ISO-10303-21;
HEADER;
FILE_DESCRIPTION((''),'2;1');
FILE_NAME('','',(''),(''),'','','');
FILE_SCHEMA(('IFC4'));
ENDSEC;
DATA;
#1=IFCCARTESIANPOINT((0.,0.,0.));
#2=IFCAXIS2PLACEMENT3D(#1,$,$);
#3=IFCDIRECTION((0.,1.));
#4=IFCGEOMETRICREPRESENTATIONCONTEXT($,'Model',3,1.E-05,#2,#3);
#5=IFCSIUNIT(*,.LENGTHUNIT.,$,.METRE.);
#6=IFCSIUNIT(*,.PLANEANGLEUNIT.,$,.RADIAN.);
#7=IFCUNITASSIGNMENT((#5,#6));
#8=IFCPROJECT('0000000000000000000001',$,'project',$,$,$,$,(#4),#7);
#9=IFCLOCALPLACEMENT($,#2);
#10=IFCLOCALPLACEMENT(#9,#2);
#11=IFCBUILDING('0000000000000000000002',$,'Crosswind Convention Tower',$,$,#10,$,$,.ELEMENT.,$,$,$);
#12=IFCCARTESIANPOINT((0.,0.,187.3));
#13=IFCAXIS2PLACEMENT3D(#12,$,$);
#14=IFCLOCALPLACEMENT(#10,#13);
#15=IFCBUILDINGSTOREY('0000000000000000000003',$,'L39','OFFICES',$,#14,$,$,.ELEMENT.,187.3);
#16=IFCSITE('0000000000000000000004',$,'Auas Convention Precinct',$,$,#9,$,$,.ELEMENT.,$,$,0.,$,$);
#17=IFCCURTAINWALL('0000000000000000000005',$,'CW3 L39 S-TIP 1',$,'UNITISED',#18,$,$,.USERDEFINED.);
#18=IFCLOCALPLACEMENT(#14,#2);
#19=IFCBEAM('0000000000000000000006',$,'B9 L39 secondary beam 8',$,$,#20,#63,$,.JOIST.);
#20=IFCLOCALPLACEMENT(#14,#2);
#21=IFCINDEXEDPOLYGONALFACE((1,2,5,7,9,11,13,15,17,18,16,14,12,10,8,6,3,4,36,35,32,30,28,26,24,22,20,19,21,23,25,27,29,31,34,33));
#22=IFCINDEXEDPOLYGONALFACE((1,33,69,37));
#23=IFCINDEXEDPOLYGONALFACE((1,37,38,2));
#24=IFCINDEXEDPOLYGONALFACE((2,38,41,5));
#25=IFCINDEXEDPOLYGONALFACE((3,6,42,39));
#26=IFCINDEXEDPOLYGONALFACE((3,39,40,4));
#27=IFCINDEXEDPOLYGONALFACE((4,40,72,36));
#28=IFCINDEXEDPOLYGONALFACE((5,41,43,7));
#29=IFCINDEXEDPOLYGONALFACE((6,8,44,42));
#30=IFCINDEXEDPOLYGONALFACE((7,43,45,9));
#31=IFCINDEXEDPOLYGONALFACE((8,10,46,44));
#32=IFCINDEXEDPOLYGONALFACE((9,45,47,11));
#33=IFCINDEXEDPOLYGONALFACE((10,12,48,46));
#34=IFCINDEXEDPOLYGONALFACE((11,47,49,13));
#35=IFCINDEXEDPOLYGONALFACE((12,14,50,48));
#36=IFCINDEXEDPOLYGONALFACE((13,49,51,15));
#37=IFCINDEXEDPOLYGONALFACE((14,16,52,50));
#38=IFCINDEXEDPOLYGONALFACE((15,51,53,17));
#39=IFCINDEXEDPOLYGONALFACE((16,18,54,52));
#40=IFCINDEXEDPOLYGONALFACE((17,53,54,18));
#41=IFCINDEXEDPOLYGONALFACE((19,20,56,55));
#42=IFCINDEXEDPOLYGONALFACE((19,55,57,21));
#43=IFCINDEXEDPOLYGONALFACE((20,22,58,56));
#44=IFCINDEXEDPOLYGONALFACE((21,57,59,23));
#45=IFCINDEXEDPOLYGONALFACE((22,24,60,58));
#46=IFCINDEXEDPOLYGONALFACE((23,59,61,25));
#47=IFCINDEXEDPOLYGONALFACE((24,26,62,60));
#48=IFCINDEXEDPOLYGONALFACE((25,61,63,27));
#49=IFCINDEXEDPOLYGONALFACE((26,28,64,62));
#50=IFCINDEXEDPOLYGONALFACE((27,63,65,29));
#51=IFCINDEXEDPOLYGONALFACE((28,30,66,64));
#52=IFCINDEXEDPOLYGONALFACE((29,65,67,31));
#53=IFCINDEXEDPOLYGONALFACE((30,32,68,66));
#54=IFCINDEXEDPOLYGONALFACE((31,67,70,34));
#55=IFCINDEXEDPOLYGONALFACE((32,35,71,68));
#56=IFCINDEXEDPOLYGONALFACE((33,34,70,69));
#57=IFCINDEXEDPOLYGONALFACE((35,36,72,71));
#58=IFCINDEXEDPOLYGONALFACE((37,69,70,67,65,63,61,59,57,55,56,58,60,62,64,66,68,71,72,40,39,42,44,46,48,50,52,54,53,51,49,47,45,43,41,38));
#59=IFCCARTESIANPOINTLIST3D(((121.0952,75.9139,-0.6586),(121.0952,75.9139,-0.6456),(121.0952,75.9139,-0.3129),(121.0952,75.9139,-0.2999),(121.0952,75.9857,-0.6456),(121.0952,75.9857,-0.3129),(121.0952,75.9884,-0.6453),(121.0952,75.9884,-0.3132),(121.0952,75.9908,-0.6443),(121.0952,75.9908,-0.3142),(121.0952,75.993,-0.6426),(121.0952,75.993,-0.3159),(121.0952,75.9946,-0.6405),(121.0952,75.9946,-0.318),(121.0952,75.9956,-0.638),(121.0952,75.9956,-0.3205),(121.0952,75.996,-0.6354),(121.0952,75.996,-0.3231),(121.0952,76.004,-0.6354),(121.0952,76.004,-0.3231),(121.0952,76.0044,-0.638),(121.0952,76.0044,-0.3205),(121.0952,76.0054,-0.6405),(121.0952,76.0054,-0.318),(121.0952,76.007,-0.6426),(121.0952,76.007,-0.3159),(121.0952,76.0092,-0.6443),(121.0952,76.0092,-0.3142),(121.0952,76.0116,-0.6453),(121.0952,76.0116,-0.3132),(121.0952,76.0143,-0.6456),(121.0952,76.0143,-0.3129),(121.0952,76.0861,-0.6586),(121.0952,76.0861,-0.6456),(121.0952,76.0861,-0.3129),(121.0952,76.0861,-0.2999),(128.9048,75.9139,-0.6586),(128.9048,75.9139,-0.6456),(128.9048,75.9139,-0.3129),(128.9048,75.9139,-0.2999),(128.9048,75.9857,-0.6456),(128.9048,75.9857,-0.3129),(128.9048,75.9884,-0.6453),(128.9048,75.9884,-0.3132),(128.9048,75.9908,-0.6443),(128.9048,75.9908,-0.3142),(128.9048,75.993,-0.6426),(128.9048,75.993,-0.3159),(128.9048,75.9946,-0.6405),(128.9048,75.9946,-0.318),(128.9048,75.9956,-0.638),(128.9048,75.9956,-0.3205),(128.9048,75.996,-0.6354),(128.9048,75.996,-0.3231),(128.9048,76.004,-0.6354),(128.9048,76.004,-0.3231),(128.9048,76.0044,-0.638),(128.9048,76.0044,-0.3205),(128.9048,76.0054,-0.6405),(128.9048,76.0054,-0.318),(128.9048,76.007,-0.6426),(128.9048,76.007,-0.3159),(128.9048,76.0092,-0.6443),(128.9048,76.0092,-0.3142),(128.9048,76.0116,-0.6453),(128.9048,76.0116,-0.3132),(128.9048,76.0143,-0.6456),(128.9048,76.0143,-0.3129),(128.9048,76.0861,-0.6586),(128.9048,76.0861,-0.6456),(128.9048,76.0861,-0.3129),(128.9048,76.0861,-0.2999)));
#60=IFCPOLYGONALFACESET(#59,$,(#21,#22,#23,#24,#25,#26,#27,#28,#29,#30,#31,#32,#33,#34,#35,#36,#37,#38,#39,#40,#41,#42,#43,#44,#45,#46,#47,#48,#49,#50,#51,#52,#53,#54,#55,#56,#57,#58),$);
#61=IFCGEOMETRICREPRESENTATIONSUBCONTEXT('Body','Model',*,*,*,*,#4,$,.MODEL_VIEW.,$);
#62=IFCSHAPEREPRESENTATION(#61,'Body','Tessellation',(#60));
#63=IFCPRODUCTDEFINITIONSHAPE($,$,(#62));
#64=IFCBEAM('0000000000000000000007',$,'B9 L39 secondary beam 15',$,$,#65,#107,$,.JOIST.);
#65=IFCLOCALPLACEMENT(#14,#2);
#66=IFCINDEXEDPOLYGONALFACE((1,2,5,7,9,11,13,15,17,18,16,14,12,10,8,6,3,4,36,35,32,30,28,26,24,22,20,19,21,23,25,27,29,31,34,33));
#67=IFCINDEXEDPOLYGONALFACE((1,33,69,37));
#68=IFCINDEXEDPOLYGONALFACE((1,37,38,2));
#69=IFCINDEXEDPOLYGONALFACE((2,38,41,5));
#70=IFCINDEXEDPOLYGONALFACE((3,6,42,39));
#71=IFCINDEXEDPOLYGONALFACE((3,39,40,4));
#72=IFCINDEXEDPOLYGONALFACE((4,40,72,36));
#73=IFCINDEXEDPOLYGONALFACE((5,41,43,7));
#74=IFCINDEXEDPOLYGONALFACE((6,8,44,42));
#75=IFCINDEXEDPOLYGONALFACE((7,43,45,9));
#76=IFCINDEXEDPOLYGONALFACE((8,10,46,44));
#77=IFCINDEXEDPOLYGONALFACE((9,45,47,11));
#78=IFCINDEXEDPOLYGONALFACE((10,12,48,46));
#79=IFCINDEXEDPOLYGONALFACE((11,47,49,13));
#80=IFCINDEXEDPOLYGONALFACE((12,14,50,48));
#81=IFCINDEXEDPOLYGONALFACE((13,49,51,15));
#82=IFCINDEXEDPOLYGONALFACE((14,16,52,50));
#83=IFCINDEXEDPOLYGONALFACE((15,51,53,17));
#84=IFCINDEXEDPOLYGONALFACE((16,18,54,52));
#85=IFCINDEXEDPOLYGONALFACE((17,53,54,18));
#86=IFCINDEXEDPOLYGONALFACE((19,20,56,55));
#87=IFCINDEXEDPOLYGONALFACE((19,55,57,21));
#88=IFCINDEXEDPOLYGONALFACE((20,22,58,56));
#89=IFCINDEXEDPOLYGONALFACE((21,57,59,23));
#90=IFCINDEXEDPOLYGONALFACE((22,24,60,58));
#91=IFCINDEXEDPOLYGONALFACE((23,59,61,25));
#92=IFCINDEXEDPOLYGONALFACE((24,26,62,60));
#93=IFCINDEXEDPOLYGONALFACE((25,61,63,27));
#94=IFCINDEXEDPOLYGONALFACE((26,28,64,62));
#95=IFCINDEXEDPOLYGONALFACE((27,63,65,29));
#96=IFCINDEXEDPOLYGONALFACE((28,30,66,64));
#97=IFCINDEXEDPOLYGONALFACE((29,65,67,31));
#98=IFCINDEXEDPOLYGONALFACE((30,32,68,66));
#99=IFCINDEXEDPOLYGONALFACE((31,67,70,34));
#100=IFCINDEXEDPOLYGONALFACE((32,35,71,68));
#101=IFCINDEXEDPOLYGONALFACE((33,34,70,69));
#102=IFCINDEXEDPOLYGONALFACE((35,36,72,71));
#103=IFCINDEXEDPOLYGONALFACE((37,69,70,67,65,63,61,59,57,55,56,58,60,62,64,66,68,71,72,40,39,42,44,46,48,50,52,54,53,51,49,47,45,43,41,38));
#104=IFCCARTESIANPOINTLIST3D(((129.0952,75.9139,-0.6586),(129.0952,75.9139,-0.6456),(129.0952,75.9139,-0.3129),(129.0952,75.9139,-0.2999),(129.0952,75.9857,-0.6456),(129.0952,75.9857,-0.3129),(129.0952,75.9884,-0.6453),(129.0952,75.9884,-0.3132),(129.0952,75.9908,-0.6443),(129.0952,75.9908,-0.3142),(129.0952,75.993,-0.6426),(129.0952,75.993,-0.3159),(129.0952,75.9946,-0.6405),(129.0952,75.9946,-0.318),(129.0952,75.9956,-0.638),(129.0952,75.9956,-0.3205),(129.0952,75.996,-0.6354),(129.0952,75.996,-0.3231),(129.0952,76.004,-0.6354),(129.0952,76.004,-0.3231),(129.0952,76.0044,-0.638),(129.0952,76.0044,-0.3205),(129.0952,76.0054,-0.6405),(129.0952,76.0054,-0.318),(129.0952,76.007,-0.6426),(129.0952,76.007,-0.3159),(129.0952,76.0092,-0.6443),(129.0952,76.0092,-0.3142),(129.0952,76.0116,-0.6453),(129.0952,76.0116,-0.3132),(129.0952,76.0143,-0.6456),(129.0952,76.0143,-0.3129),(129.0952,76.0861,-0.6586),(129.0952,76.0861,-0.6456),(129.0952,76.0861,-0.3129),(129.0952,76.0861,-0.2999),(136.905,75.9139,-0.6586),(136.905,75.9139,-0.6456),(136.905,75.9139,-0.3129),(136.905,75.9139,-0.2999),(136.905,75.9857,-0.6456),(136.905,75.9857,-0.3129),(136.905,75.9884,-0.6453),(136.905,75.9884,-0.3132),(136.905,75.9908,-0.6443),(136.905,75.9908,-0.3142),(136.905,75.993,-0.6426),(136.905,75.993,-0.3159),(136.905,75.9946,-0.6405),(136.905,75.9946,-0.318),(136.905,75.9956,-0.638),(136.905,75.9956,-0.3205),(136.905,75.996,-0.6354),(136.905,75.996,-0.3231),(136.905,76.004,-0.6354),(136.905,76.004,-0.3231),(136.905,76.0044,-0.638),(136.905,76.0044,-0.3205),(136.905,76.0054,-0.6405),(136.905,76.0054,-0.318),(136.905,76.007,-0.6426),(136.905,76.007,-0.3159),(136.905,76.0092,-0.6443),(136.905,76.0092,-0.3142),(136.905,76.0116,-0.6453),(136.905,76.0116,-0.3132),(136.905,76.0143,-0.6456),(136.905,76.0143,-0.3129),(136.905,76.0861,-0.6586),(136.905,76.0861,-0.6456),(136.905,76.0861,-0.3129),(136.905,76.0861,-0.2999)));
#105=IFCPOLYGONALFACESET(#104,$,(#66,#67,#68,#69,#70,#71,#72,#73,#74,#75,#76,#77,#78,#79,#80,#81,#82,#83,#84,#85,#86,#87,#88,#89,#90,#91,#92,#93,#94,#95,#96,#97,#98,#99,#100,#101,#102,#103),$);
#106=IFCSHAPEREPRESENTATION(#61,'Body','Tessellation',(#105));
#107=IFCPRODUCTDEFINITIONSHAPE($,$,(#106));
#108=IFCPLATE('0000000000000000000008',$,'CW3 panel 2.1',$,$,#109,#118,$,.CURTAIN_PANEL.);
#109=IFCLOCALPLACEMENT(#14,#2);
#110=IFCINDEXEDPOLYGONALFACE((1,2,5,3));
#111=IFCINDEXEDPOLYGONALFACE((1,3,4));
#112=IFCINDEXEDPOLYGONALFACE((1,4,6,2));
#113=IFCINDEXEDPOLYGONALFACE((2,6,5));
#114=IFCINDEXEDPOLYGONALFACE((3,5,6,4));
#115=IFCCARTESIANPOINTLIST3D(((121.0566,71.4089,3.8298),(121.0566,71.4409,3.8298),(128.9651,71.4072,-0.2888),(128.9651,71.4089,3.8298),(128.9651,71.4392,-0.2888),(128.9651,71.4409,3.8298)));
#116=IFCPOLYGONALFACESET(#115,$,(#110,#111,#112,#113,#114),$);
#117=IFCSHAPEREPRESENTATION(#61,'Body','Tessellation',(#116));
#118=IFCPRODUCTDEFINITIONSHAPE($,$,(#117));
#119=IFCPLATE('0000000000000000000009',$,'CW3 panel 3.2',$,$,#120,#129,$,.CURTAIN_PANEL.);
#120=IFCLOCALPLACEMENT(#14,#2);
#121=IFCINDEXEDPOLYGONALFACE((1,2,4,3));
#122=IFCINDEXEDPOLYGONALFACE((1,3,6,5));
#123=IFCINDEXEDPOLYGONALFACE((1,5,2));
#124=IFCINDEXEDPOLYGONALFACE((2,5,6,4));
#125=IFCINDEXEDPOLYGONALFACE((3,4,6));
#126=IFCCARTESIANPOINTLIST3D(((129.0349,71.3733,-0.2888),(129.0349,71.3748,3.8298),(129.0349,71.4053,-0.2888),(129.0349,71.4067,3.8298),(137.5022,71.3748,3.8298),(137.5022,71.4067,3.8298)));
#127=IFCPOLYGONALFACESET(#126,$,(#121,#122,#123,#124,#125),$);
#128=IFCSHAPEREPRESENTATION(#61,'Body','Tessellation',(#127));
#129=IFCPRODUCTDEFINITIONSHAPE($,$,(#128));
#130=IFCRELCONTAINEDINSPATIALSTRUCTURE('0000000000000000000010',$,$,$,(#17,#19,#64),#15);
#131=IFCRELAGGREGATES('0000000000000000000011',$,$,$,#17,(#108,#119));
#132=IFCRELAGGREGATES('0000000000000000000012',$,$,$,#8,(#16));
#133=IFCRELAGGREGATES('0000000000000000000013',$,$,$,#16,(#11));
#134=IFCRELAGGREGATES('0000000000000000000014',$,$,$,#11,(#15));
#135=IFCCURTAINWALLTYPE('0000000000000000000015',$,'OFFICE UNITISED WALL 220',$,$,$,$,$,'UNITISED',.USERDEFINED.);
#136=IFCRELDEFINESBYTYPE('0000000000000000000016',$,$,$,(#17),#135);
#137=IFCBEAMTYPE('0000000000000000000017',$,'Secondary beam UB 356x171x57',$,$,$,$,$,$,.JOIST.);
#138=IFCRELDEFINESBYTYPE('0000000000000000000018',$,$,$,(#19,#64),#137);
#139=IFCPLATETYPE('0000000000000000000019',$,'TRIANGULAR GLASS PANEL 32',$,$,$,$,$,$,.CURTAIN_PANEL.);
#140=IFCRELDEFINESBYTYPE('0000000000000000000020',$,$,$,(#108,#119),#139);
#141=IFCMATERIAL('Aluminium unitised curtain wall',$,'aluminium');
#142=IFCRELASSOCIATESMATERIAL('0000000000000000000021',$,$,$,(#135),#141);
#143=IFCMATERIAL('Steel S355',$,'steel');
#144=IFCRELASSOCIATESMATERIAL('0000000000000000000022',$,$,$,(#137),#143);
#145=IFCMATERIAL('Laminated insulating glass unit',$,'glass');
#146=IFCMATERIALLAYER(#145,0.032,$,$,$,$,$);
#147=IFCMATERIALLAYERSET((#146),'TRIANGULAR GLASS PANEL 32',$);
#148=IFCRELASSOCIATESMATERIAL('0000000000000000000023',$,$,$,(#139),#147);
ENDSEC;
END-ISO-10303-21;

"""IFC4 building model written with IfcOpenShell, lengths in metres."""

from ifc_helpers import new_model, si_unit, direction, frame, origin, origin_2d, place, context, subcontext, project, spatial, polyline, i_section, outline, extrude, material, layer, layer_set, material_profile, profile_set, type_object, element, aggregate, save


model = new_model("IFC4")

# Units and contexts
model_context = context("Model", 3, precision=1e-05, world=origin(), true_north=direction((0.0, 1.0)))
body_context = subcontext(model_context, "Body", "Model", "MODEL_VIEW")
ifc_project = project(units=[si_unit("LENGTHUNIT", "METRE"), si_unit("PLANEANGLEUNIT", "RADIAN")], contexts=[model_context])

# Site, building, storey
site_placement = place(None, origin())
site = spatial("IfcSite", under=ifc_project, at=site_placement, Name="Auas Convention Precinct", CompositionType="ELEMENT", RefElevation=0.0)
building_placement = place(site_placement, origin())
building = spatial("IfcBuilding", under=site, at=building_placement, Name="Crosswind Convention Tower", CompositionType="ELEMENT")
storey_placement = place(building_placement, frame((0.0, 0.0, 187.3)))
storey = spatial("IfcBuildingStorey", under=building, at=storey_placement, Name="L39", Description="OFFICES", CompositionType="ELEMENT", Elevation=187.3)

# Shared definitions
ifc_material_1 = material(Name="Steel S355", Category="steel")

# Curtain wall
ifc_material_2 = material(Name="Aluminium unitised curtain wall", Category="aluminium")
curtain_wall_type = type_object("IfcCurtainWallType", Name="OFFICE UNITISED WALL 220", ElementType="UNITISED", PredefinedType="USERDEFINED", material=ifc_material_2)
curtain_wall_placement = place(storey_placement, origin())
curtain_wall = element("IfcCurtainWall", 1, at=curtain_wall_placement, inside=storey, type_object=curtain_wall_type, Name="CW3 L39 S-TIP 1", ObjectType="UNITISED", PredefinedType="USERDEFINED")

# Beams
ifc_material_profile_1 = material_profile(ifc_material_1, i_section(OverallWidth=0.1721, OverallDepth=0.3586, WebThickness=0.0081, FlangeThickness=0.0129, FilletRadius=0.0103, at=origin_2d()), Name="UB 356x171x57")
ifc_profile_set_1 = profile_set([ifc_material_profile_1], Name="Steel S355")
beam_type_1 = type_object("IfcBeamType", Name="Secondary beam UB 356x171x57", PredefinedType="JOIST", material=ifc_profile_set_1)
beam_1_placement = place(storey_placement, frame((121.0952, 76.0, -0.4792), z_axis=(1.0, 0.0, 0.0), x_axis=(0.0, 1.0, 0.0)))
element("IfcBeam", 2, at=beam_1_placement, inside=storey, type_object=beam_type_1, Name="B9 L39 secondary beam 8", PredefinedType="JOIST", context=body_context, shape_type="SweptSolid", body=[
    extrude(i_section(OverallWidth=0.1721, OverallDepth=0.3586, WebThickness=0.0081, FlangeThickness=0.0129, FilletRadius=0.0103, at=origin_2d()), origin(), (0.0, 0.0, 1.0), 7.8096),
])
beam_2_placement = place(storey_placement, frame((129.0952, 76.0, -0.4792), z_axis=(1.0, 0.0, 0.0), x_axis=(0.0, 1.0, 0.0)))
element("IfcBeam", 3, at=beam_2_placement, inside=storey, type_object=beam_type_1, Name="B9 L39 secondary beam 15", PredefinedType="JOIST", context=body_context, shape_type="SweptSolid", body=[
    extrude(i_section(OverallWidth=0.1721, OverallDepth=0.3586, WebThickness=0.0081, FlangeThickness=0.0129, FilletRadius=0.0103, at=origin_2d()), origin(), (0.0, 0.0, 1.0), 7.8098),
])

# Plates
ifc_material_3 = material(Name="Laminated insulating glass unit", Category="glass")
ifc_layer_1 = layer(ifc_material_3, 0.032)
ifc_layer_set_1 = layer_set([ifc_layer_1], Name="TRIANGULAR GLASS PANEL 32")
plate_type = type_object("IfcPlateType", Name="TRIANGULAR GLASS PANEL 32", PredefinedType="CURTAIN_PANEL", material=ifc_layer_set_1)
plate_1_placement = place(storey_placement, frame((128.9651, 71.4089, 3.8298), z_axis=(0.0, -1.0, 0.000415), x_axis=(-1.0, 0.0, 0.0)))
plate_1 = element("IfcPlate", 4, at=plate_1_placement, type_object=plate_type, Name="CW3 panel 2.1", PredefinedType="CURTAIN_PANEL", context=body_context, shape_type="SweptSolid", body=[
    extrude(outline(polyline([(0.0, 0.0), (7.9084, 0.0), (0.0, 4.1187), (0.0, 0.0)])), origin(), (0.0, 0.0, -1.0), 0.032),
])
plate_2_placement = place(storey_placement, frame((129.0349, 71.3748, 3.8298), z_axis=(0.0, -1.0, 0.000356), x_axis=(0.0, -0.000356, -1.0)))
plate_2 = element("IfcPlate", 5, at=plate_2_placement, type_object=plate_type, Name="CW3 panel 3.2", PredefinedType="CURTAIN_PANEL", context=body_context, shape_type="SweptSolid", body=[
    extrude(outline(polyline([(0.0, 0.0), (4.1187, 0.0), (0.0, 8.4673), (0.0, 0.0)])), origin(), (0.0, 0.0, -1.0), 0.032),
])
aggregate(curtain_wall, [plate_1, plate_2])

save(model, "model.ifc")
